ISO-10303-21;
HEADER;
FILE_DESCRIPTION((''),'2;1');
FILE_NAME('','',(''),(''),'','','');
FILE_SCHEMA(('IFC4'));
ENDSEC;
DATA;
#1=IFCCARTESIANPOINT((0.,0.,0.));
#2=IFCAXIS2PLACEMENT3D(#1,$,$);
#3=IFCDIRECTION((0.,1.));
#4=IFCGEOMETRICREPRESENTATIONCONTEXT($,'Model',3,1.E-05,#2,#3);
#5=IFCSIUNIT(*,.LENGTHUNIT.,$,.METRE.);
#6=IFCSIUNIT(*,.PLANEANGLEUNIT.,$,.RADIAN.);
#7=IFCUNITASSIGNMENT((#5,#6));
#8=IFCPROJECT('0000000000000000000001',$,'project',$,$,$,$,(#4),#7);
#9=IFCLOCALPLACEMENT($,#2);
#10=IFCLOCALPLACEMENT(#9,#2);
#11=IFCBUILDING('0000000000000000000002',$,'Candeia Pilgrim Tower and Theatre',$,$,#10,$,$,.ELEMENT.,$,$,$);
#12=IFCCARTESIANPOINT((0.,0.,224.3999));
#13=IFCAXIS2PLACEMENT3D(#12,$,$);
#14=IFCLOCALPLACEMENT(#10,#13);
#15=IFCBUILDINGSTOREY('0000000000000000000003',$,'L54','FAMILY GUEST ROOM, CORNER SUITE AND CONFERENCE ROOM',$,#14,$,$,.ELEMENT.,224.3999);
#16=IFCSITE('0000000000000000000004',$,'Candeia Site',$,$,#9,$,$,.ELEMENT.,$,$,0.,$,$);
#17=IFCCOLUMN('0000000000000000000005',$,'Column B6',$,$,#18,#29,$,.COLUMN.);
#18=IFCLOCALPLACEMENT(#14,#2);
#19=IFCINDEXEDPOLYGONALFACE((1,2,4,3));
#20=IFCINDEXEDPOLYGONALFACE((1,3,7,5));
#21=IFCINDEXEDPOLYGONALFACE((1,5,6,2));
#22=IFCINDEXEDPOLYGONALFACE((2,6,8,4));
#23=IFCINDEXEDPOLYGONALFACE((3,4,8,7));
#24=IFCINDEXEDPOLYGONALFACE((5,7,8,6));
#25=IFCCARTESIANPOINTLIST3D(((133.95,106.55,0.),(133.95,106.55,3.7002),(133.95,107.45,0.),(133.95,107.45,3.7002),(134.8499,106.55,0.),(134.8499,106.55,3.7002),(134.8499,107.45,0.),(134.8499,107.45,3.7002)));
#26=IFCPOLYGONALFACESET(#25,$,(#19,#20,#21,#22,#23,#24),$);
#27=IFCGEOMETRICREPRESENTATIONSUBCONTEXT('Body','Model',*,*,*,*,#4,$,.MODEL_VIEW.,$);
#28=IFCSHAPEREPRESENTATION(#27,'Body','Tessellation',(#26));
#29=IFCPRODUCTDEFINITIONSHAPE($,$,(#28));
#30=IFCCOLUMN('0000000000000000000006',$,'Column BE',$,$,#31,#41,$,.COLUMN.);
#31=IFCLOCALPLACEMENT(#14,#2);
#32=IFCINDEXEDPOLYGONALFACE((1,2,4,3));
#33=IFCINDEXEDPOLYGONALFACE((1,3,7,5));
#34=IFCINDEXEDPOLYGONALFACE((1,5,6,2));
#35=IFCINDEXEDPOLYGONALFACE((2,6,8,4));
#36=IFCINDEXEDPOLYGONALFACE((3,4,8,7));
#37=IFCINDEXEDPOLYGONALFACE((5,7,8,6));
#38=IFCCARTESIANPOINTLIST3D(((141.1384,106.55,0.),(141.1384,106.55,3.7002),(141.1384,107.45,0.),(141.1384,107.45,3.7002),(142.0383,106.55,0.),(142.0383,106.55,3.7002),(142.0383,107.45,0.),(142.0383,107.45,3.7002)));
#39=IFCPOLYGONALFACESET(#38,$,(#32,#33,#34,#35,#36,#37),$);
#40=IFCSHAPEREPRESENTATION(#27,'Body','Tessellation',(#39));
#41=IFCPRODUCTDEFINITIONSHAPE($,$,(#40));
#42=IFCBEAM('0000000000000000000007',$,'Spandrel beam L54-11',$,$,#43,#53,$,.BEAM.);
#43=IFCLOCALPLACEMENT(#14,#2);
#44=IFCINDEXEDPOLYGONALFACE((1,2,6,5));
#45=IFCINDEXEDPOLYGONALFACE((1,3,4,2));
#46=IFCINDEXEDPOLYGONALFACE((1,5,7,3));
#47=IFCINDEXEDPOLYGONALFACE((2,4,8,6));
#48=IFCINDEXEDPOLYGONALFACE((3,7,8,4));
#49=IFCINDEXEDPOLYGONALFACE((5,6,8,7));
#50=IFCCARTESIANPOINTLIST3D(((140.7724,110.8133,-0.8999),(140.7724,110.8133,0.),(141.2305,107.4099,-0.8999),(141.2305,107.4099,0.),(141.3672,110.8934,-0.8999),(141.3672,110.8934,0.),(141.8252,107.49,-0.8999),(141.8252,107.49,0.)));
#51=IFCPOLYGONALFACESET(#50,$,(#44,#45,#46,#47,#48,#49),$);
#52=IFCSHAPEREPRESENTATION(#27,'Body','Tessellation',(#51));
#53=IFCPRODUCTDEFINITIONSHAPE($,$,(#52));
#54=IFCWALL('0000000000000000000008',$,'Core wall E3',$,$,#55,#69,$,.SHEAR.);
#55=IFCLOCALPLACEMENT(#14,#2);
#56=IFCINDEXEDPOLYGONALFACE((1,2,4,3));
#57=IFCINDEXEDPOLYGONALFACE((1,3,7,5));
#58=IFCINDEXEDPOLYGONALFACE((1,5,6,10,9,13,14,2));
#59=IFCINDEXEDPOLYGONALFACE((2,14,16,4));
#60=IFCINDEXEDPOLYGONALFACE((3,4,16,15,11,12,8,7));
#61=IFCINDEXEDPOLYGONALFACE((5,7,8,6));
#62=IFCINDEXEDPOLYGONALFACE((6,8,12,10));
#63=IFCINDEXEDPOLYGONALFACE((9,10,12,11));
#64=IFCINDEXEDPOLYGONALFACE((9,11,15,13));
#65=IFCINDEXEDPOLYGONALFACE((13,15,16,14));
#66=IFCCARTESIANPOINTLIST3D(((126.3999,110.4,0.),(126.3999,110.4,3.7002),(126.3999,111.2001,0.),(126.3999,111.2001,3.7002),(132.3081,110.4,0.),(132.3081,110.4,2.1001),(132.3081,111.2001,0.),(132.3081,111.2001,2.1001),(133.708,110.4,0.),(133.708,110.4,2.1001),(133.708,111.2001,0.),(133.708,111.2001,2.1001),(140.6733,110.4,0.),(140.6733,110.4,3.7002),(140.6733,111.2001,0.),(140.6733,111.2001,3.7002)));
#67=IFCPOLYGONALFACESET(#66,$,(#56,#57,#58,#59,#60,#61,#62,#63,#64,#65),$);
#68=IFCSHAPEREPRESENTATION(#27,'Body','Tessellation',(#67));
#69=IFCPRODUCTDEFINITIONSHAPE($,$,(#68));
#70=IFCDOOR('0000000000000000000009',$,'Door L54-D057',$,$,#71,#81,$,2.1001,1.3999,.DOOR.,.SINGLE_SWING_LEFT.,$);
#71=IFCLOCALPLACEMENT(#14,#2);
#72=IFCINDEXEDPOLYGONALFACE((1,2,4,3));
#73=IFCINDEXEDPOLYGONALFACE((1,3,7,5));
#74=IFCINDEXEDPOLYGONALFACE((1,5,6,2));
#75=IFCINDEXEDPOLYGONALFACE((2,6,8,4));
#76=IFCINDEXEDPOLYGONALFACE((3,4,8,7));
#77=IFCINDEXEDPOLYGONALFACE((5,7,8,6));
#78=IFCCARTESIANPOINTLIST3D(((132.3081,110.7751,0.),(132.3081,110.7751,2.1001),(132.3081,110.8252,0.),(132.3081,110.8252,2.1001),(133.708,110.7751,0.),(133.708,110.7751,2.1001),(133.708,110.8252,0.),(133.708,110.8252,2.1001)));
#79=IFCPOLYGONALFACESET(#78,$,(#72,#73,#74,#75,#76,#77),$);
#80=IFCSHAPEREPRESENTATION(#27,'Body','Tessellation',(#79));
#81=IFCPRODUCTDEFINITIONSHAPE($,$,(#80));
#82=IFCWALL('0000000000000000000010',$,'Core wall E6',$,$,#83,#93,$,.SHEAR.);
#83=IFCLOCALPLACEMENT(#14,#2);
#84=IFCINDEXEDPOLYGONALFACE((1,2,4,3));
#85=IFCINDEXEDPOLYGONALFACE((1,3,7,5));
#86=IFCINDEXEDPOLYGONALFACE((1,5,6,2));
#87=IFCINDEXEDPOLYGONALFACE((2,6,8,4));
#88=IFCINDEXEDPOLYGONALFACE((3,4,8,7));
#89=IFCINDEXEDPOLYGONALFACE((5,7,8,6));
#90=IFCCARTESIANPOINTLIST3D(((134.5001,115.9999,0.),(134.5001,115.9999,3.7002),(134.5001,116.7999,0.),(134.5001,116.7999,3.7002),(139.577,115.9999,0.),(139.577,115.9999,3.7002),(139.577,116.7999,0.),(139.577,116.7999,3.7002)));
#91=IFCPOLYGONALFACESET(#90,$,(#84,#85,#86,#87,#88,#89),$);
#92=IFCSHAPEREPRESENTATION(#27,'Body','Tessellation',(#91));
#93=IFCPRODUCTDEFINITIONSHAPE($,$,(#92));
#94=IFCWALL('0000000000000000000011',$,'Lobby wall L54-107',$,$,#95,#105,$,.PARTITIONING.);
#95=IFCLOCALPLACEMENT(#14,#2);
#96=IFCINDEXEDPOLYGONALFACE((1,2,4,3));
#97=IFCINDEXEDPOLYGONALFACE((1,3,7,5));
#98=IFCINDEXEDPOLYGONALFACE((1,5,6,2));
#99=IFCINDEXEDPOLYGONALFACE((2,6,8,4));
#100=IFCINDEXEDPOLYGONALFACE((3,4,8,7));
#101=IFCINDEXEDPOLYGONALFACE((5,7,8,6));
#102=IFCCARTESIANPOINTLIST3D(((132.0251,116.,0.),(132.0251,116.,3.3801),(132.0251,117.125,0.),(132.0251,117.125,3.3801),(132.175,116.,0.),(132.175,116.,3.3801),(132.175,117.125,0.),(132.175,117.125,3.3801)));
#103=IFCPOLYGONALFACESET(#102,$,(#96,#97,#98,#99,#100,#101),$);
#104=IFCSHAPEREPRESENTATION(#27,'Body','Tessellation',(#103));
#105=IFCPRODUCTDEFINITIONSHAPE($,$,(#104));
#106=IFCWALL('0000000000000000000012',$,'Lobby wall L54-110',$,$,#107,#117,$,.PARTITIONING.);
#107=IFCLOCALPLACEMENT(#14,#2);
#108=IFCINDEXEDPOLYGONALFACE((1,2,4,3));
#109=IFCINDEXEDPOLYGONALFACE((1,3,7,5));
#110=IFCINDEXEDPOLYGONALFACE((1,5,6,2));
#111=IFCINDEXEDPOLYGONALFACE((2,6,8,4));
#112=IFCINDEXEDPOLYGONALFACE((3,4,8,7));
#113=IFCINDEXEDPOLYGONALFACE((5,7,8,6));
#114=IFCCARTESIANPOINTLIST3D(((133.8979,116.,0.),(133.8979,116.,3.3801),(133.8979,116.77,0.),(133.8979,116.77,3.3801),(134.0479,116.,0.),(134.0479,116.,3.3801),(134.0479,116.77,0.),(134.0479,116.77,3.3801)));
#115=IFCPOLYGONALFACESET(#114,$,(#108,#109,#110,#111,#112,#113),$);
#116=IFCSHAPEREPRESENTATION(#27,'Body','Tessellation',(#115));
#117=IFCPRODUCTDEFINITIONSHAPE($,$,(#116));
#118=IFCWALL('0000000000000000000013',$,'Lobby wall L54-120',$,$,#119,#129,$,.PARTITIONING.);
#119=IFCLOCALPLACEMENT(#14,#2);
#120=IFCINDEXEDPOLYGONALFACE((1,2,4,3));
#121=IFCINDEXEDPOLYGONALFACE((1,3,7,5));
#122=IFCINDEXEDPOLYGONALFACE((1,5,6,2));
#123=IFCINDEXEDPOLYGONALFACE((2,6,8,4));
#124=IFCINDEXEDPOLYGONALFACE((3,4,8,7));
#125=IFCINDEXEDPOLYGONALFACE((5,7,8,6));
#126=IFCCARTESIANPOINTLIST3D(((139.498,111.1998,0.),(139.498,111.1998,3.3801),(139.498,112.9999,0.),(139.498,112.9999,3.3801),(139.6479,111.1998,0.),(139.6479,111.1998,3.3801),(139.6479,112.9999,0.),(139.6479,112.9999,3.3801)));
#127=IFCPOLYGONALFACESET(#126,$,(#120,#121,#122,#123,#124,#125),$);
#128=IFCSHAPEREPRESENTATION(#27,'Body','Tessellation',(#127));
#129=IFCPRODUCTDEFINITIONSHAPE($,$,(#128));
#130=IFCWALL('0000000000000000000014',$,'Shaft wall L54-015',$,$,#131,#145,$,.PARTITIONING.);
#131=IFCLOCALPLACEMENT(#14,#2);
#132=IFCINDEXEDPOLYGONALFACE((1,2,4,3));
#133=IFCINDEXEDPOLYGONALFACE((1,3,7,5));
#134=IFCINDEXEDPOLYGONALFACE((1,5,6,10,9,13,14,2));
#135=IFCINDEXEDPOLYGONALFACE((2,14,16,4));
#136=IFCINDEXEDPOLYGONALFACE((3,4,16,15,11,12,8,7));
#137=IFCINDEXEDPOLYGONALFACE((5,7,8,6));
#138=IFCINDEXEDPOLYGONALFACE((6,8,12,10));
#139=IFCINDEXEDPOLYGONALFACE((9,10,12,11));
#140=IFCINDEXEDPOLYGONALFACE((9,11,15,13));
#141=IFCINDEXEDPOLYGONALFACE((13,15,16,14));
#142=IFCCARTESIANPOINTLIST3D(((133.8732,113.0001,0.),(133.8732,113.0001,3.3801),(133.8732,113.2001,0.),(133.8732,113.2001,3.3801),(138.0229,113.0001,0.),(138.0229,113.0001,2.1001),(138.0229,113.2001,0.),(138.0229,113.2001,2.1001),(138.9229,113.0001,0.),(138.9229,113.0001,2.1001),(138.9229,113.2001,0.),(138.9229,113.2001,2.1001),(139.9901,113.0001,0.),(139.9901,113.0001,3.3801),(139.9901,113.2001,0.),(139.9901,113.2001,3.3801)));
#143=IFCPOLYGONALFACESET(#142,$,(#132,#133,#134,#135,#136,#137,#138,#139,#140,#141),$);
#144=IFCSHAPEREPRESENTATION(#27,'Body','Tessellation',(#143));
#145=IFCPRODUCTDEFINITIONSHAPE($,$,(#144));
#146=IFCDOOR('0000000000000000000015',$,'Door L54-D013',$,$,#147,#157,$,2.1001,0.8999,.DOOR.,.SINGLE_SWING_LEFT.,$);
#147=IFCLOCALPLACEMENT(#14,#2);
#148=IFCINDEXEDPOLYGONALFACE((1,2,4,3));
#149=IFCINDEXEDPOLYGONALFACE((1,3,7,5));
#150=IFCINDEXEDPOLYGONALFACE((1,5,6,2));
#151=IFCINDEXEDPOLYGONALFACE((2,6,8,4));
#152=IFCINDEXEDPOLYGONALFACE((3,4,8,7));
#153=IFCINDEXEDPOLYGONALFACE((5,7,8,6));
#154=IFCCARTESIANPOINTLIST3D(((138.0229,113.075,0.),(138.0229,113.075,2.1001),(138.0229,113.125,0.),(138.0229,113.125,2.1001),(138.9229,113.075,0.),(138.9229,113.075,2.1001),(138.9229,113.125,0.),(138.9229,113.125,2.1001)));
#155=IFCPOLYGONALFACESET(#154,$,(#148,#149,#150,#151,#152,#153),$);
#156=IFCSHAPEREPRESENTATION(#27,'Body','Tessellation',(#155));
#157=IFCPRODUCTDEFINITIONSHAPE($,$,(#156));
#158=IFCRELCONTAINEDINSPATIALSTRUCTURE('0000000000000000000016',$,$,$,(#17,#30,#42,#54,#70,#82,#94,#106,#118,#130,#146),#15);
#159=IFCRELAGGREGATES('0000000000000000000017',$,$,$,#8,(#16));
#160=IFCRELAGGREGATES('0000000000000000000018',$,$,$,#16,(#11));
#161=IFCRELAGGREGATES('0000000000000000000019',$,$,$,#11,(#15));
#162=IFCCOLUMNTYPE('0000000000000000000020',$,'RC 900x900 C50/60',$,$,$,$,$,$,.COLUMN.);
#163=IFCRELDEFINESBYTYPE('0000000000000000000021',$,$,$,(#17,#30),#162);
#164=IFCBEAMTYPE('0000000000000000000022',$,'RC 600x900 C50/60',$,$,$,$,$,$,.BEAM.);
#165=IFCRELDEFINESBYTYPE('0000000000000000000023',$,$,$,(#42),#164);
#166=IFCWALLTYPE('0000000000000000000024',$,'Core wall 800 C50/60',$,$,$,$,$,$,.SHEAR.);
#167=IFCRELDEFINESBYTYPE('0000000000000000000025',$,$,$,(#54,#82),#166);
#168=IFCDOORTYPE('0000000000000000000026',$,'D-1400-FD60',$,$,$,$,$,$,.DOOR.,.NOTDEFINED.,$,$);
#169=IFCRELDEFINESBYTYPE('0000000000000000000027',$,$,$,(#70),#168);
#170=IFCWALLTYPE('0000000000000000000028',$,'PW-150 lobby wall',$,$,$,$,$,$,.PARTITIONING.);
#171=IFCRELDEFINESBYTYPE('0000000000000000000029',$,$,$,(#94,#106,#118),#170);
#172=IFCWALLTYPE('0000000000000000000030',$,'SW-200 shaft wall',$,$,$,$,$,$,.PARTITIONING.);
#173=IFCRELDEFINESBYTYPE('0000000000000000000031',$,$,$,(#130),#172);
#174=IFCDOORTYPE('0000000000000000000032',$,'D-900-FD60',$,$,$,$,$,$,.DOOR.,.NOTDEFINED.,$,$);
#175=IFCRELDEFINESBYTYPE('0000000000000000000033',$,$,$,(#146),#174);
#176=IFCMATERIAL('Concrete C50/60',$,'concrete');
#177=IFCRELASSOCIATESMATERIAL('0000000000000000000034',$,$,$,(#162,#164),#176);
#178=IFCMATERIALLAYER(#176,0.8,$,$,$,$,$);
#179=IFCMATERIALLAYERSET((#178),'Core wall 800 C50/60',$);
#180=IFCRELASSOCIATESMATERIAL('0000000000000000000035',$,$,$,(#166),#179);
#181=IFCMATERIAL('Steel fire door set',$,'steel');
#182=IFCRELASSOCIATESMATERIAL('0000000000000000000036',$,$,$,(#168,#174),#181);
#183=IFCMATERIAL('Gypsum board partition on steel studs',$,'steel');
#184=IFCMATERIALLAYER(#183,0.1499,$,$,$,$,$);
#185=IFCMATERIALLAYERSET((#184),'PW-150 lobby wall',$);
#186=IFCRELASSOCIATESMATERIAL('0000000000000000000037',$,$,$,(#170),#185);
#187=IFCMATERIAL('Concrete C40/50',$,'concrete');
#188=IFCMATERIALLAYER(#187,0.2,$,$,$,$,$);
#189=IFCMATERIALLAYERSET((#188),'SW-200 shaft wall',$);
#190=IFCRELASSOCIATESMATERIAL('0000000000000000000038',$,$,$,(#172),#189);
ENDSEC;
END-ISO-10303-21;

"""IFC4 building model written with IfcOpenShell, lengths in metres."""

from ifc_helpers import new_model, si_unit, direction, frame, frame_2d, origin, origin_2d, place, context, subcontext, project, spatial, rectangle, extrude, material, layer, layer_set, material_profile, profile_set, type_object, element, fill, save


model = new_model("IFC4")

# Units and contexts
model_context = context("Model", 3, precision=1e-05, world=origin(), true_north=direction((0.0, 1.0)))
body_context = subcontext(model_context, "Body", "Model", "MODEL_VIEW")
ifc_project = project(units=[si_unit("LENGTHUNIT", "METRE"), si_unit("PLANEANGLEUNIT", "RADIAN")], contexts=[model_context])

# Site, building, storey
site_placement = place(None, origin())
site = spatial("IfcSite", under=ifc_project, at=site_placement, Name="Candeia Site", CompositionType="ELEMENT", RefElevation=0.0)
building_placement = place(site_placement, origin())
building = spatial("IfcBuilding", under=site, at=building_placement, Name="Candeia Pilgrim Tower and Theatre", CompositionType="ELEMENT")
storey_placement = place(building_placement, frame((0.0, 0.0, 224.3999)))
storey = spatial("IfcBuildingStorey", under=building, at=storey_placement, Name="L54", Description="FAMILY GUEST ROOM, CORNER SUITE AND CONFERENCE ROOM", CompositionType="ELEMENT", Elevation=224.3999)

# Columns
ifc_material_1 = material(Name="Concrete C50/60", Category="concrete")
ifc_material_profile_1 = material_profile(ifc_material_1, rectangle(XDim=0.8999, YDim=0.8999, at=origin_2d()))
ifc_profile_set_1 = profile_set([ifc_material_profile_1], Name="Concrete C50/60")
column_type = type_object("IfcColumnType", Name="RC 900x900 C50/60", PredefinedType="COLUMN", material=ifc_profile_set_1)
for number, where, z_axis, x_axis, name in (
    (1, (134.3999, 107.0, 0.0), (0.0, 0.0, 1.0), (1.0, 0.0, 0.0), "Column B6"),
    (2, (141.5884, 107.0, 0.0), (0.0, 0.0, 1.0), (1.0, 0.0, 0.0), "Column BE"),
):
    element("IfcColumn", number, at=place(storey_placement, frame(where, z_axis=z_axis, x_axis=x_axis)), inside=storey, type_object=column_type, Name=name, PredefinedType="COLUMN", context=body_context, shape_type="SweptSolid", body=[
        extrude(rectangle(XDim=0.8999, YDim=0.8999, at=origin_2d()), origin(), (0.0, 0.0, 1.0), 3.7002),
    ])

# Beam
ifc_material_profile_2 = material_profile(ifc_material_1, rectangle(XDim=0.6001, YDim=0.8999, at=origin_2d()))
ifc_profile_set_2 = profile_set([ifc_material_profile_2], Name="Concrete C50/60")
beam_type = type_object("IfcBeamType", Name="RC 600x900 C50/60", PredefinedType="BEAM", material=ifc_profile_set_2)
beam_placement = place(storey_placement, frame((141.5278, 107.45, -0.45), z_axis=(-0.133374, 0.991066, 0.0), x_axis=(-0.991066, -0.133374, 0.0)))
element("IfcBeam", 3, at=beam_placement, inside=storey, type_object=beam_type, Name="Spandrel beam L54-11", PredefinedType="BEAM", context=body_context, shape_type="SweptSolid", body=[
    extrude(rectangle(XDim=0.6001, YDim=0.8999, at=origin_2d()), origin(), (0.0, 0.0, 1.0), 3.4341),
])

# Wall, opening, door
ifc_layer_1 = layer(ifc_material_1, 0.8)
ifc_layer_set_1 = layer_set([ifc_layer_1], Name="Core wall 800 C50/60")
wall_type_1 = type_object("IfcWallType", Name="Core wall 800 C50/60", PredefinedType="SHEAR", material=ifc_layer_set_1)
wall_1_placement = place(storey_placement, frame((140.6733, 110.8, 0.0), z_axis=(0.0, 0.0, 1.0), x_axis=(-1.0, 0.0, 0.0)))
wall_1 = element("IfcWall", 4, at=wall_1_placement, inside=storey, type_object=wall_type_1, Name="Core wall E3", PredefinedType="SHEAR", context=body_context, shape_type="SweptSolid", body=[
    extrude(rectangle(XDim=14.2734, YDim=0.8, at=frame_2d((7.1367, 0.0))), origin(), (0.0, 0.0, 1.0), 3.7002),
])
opening_1_placement = place(wall_1_placement, frame((6.9653, 0.0, 0.0)))
opening_1 = element("IfcOpeningElement", 5, at=opening_1_placement, cuts=wall_1, PredefinedType="OPENING", context=body_context, shape_type="SweptSolid", body=[
    extrude(rectangle(XDim=1.3999, YDim=2.1001, at=frame_2d((0.7, 1.05))), frame((0.0, 0.4102, 0.0), z_axis=(0.0, -1.0, 0.0), x_axis=(1.0, 0.0, 0.0)), (0.0, 0.0, 1.0), 0.8201),
])
ifc_material_2 = material(Name="Steel fire door set", Category="steel")
door_type_1 = type_object("IfcDoorType", Name="D-1400-FD60", OperationType="NOTDEFINED", PredefinedType="DOOR", material=ifc_material_2)
door_1_placement = place(opening_1_placement, origin())
door_1 = element("IfcDoor", 6, at=door_1_placement, inside=storey, type_object=door_type_1, Name="Door L54-D057", OperationType="SINGLE_SWING_LEFT", OverallHeight=2.1001, OverallWidth=1.3999, PredefinedType="DOOR", context=body_context, shape_type="SweptSolid", body=[
    extrude(rectangle(XDim=1.3999, YDim=2.1001, at=frame_2d((0.7, 1.05))), frame((0.0, 0.0249, 0.0), z_axis=(0.0, -1.0, 0.0), x_axis=(1.0, 0.0, 0.0)), (0.0, 0.0, 1.0), 0.05),
])
fill(opening_1, door_1)

# Walls
wall_2_placement = place(storey_placement, frame((134.5, 116.3999, 0.0), z_axis=(0.0, 0.0, 1.0), x_axis=(1.0, 0.0, 0.0)))
element("IfcWall", 7, at=wall_2_placement, inside=storey, type_object=wall_type_1, Name="Core wall E6", PredefinedType="SHEAR", context=body_context, shape_type="SweptSolid", body=[
    extrude(rectangle(XDim=5.0769, YDim=0.8, at=frame_2d((2.5386, 0.0))), origin(), (0.0, 0.0, 1.0), 3.7002),
])
ifc_material_3 = material(Name="Gypsum board partition on steel studs", Category="steel")
ifc_layer_2 = layer(ifc_material_3, 0.1499)
ifc_layer_set_2 = layer_set([ifc_layer_2], Name="PW-150 lobby wall")
wall_type_2 = type_object("IfcWallType", Name="PW-150 lobby wall", PredefinedType="PARTITIONING", material=ifc_layer_set_2)
wall_3_placement = place(storey_placement, frame((132.1001, 116.0, 0.0), z_axis=(0.0, 0.0, 1.0), x_axis=(0.0, 1.0, 0.0)))
element("IfcWall", 8, at=wall_3_placement, inside=storey, type_object=wall_type_2, Name="Lobby wall L54-107", PredefinedType="PARTITIONING", context=body_context, shape_type="SweptSolid", body=[
    extrude(rectangle(XDim=1.125, YDim=0.1499, at=frame_2d((0.5625, 0.0))), origin(), (0.0, 0.0, 1.0), 3.3801),
])
wall_4_placement = place(storey_placement, frame((133.9729, 116.0, 0.0), z_axis=(0.0, 0.0, 1.0), x_axis=(0.0, 1.0, 0.0)))
element("IfcWall", 9, at=wall_4_placement, inside=storey, type_object=wall_type_2, Name="Lobby wall L54-110", PredefinedType="PARTITIONING", context=body_context, shape_type="SweptSolid", body=[
    extrude(rectangle(XDim=0.77, YDim=0.1499, at=frame_2d((0.385, 0.0))), origin(), (0.0, 0.0, 1.0), 3.3801),
])
wall_5_placement = place(storey_placement, frame((139.573, 111.2, 0.0), z_axis=(0.0, 0.0, 1.0), x_axis=(0.0, 1.0, 0.0)))
element("IfcWall", 10, at=wall_5_placement, inside=storey, type_object=wall_type_2, Name="Lobby wall L54-120", PredefinedType="PARTITIONING", context=body_context, shape_type="SweptSolid", body=[
    extrude(rectangle(XDim=1.8, YDim=0.1499, at=frame_2d((0.8999, 0.0))), origin(), (0.0, 0.0, 1.0), 3.3801),
])

# Wall, opening, door
ifc_material_4 = material(Name="Concrete C40/50", Category="concrete")
ifc_layer_3 = layer(ifc_material_4, 0.2)
ifc_layer_set_3 = layer_set([ifc_layer_3], Name="SW-200 shaft wall")
wall_type_3 = type_object("IfcWallType", Name="SW-200 shaft wall", PredefinedType="PARTITIONING", material=ifc_layer_set_3)
wall_6_placement = place(storey_placement, frame((133.873, 113.1001, 0.0), z_axis=(0.0, 0.0, 1.0), x_axis=(1.0, 0.0, 0.0)))
wall_6 = element("IfcWall", 11, at=wall_6_placement, inside=storey, type_object=wall_type_3, Name="Shaft wall L54-015", PredefinedType="PARTITIONING", context=body_context, shape_type="SweptSolid", body=[
    extrude(rectangle(XDim=6.1169, YDim=0.2, at=frame_2d((3.0586, 0.0))), origin(), (0.0, 0.0, 1.0), 3.3801),
])
opening_2_placement = place(wall_6_placement, frame((4.1499, 0.0, 0.0)))
opening_2 = element("IfcOpeningElement", 12, at=opening_2_placement, cuts=wall_6, PredefinedType="OPENING", context=body_context, shape_type="SweptSolid", body=[
    extrude(rectangle(XDim=0.8999, YDim=2.1001, at=frame_2d((0.45, 1.05))), frame((0.0, 0.1099, 0.0), z_axis=(0.0, -1.0, 0.0), x_axis=(1.0, 0.0, 0.0)), (0.0, 0.0, 1.0), 0.22),
])
door_type_2 = type_object("IfcDoorType", Name="D-900-FD60", OperationType="NOTDEFINED", PredefinedType="DOOR", material=ifc_material_2)
door_2_placement = place(opening_2_placement, origin())
door_2 = element("IfcDoor", 13, at=door_2_placement, inside=storey, type_object=door_type_2, Name="Door L54-D013", OperationType="SINGLE_SWING_LEFT", OverallHeight=2.1001, OverallWidth=0.8999, PredefinedType="DOOR", context=body_context, shape_type="SweptSolid", body=[
    extrude(rectangle(XDim=0.8999, YDim=2.1001, at=frame_2d((0.45, 1.05))), frame((0.0, 0.0249, 0.0), z_axis=(0.0, -1.0, 0.0), x_axis=(1.0, 0.0, 0.0)), (0.0, 0.0, 1.0), 0.05),
])
fill(opening_2, door_2)

save(model, "model.ifc")
